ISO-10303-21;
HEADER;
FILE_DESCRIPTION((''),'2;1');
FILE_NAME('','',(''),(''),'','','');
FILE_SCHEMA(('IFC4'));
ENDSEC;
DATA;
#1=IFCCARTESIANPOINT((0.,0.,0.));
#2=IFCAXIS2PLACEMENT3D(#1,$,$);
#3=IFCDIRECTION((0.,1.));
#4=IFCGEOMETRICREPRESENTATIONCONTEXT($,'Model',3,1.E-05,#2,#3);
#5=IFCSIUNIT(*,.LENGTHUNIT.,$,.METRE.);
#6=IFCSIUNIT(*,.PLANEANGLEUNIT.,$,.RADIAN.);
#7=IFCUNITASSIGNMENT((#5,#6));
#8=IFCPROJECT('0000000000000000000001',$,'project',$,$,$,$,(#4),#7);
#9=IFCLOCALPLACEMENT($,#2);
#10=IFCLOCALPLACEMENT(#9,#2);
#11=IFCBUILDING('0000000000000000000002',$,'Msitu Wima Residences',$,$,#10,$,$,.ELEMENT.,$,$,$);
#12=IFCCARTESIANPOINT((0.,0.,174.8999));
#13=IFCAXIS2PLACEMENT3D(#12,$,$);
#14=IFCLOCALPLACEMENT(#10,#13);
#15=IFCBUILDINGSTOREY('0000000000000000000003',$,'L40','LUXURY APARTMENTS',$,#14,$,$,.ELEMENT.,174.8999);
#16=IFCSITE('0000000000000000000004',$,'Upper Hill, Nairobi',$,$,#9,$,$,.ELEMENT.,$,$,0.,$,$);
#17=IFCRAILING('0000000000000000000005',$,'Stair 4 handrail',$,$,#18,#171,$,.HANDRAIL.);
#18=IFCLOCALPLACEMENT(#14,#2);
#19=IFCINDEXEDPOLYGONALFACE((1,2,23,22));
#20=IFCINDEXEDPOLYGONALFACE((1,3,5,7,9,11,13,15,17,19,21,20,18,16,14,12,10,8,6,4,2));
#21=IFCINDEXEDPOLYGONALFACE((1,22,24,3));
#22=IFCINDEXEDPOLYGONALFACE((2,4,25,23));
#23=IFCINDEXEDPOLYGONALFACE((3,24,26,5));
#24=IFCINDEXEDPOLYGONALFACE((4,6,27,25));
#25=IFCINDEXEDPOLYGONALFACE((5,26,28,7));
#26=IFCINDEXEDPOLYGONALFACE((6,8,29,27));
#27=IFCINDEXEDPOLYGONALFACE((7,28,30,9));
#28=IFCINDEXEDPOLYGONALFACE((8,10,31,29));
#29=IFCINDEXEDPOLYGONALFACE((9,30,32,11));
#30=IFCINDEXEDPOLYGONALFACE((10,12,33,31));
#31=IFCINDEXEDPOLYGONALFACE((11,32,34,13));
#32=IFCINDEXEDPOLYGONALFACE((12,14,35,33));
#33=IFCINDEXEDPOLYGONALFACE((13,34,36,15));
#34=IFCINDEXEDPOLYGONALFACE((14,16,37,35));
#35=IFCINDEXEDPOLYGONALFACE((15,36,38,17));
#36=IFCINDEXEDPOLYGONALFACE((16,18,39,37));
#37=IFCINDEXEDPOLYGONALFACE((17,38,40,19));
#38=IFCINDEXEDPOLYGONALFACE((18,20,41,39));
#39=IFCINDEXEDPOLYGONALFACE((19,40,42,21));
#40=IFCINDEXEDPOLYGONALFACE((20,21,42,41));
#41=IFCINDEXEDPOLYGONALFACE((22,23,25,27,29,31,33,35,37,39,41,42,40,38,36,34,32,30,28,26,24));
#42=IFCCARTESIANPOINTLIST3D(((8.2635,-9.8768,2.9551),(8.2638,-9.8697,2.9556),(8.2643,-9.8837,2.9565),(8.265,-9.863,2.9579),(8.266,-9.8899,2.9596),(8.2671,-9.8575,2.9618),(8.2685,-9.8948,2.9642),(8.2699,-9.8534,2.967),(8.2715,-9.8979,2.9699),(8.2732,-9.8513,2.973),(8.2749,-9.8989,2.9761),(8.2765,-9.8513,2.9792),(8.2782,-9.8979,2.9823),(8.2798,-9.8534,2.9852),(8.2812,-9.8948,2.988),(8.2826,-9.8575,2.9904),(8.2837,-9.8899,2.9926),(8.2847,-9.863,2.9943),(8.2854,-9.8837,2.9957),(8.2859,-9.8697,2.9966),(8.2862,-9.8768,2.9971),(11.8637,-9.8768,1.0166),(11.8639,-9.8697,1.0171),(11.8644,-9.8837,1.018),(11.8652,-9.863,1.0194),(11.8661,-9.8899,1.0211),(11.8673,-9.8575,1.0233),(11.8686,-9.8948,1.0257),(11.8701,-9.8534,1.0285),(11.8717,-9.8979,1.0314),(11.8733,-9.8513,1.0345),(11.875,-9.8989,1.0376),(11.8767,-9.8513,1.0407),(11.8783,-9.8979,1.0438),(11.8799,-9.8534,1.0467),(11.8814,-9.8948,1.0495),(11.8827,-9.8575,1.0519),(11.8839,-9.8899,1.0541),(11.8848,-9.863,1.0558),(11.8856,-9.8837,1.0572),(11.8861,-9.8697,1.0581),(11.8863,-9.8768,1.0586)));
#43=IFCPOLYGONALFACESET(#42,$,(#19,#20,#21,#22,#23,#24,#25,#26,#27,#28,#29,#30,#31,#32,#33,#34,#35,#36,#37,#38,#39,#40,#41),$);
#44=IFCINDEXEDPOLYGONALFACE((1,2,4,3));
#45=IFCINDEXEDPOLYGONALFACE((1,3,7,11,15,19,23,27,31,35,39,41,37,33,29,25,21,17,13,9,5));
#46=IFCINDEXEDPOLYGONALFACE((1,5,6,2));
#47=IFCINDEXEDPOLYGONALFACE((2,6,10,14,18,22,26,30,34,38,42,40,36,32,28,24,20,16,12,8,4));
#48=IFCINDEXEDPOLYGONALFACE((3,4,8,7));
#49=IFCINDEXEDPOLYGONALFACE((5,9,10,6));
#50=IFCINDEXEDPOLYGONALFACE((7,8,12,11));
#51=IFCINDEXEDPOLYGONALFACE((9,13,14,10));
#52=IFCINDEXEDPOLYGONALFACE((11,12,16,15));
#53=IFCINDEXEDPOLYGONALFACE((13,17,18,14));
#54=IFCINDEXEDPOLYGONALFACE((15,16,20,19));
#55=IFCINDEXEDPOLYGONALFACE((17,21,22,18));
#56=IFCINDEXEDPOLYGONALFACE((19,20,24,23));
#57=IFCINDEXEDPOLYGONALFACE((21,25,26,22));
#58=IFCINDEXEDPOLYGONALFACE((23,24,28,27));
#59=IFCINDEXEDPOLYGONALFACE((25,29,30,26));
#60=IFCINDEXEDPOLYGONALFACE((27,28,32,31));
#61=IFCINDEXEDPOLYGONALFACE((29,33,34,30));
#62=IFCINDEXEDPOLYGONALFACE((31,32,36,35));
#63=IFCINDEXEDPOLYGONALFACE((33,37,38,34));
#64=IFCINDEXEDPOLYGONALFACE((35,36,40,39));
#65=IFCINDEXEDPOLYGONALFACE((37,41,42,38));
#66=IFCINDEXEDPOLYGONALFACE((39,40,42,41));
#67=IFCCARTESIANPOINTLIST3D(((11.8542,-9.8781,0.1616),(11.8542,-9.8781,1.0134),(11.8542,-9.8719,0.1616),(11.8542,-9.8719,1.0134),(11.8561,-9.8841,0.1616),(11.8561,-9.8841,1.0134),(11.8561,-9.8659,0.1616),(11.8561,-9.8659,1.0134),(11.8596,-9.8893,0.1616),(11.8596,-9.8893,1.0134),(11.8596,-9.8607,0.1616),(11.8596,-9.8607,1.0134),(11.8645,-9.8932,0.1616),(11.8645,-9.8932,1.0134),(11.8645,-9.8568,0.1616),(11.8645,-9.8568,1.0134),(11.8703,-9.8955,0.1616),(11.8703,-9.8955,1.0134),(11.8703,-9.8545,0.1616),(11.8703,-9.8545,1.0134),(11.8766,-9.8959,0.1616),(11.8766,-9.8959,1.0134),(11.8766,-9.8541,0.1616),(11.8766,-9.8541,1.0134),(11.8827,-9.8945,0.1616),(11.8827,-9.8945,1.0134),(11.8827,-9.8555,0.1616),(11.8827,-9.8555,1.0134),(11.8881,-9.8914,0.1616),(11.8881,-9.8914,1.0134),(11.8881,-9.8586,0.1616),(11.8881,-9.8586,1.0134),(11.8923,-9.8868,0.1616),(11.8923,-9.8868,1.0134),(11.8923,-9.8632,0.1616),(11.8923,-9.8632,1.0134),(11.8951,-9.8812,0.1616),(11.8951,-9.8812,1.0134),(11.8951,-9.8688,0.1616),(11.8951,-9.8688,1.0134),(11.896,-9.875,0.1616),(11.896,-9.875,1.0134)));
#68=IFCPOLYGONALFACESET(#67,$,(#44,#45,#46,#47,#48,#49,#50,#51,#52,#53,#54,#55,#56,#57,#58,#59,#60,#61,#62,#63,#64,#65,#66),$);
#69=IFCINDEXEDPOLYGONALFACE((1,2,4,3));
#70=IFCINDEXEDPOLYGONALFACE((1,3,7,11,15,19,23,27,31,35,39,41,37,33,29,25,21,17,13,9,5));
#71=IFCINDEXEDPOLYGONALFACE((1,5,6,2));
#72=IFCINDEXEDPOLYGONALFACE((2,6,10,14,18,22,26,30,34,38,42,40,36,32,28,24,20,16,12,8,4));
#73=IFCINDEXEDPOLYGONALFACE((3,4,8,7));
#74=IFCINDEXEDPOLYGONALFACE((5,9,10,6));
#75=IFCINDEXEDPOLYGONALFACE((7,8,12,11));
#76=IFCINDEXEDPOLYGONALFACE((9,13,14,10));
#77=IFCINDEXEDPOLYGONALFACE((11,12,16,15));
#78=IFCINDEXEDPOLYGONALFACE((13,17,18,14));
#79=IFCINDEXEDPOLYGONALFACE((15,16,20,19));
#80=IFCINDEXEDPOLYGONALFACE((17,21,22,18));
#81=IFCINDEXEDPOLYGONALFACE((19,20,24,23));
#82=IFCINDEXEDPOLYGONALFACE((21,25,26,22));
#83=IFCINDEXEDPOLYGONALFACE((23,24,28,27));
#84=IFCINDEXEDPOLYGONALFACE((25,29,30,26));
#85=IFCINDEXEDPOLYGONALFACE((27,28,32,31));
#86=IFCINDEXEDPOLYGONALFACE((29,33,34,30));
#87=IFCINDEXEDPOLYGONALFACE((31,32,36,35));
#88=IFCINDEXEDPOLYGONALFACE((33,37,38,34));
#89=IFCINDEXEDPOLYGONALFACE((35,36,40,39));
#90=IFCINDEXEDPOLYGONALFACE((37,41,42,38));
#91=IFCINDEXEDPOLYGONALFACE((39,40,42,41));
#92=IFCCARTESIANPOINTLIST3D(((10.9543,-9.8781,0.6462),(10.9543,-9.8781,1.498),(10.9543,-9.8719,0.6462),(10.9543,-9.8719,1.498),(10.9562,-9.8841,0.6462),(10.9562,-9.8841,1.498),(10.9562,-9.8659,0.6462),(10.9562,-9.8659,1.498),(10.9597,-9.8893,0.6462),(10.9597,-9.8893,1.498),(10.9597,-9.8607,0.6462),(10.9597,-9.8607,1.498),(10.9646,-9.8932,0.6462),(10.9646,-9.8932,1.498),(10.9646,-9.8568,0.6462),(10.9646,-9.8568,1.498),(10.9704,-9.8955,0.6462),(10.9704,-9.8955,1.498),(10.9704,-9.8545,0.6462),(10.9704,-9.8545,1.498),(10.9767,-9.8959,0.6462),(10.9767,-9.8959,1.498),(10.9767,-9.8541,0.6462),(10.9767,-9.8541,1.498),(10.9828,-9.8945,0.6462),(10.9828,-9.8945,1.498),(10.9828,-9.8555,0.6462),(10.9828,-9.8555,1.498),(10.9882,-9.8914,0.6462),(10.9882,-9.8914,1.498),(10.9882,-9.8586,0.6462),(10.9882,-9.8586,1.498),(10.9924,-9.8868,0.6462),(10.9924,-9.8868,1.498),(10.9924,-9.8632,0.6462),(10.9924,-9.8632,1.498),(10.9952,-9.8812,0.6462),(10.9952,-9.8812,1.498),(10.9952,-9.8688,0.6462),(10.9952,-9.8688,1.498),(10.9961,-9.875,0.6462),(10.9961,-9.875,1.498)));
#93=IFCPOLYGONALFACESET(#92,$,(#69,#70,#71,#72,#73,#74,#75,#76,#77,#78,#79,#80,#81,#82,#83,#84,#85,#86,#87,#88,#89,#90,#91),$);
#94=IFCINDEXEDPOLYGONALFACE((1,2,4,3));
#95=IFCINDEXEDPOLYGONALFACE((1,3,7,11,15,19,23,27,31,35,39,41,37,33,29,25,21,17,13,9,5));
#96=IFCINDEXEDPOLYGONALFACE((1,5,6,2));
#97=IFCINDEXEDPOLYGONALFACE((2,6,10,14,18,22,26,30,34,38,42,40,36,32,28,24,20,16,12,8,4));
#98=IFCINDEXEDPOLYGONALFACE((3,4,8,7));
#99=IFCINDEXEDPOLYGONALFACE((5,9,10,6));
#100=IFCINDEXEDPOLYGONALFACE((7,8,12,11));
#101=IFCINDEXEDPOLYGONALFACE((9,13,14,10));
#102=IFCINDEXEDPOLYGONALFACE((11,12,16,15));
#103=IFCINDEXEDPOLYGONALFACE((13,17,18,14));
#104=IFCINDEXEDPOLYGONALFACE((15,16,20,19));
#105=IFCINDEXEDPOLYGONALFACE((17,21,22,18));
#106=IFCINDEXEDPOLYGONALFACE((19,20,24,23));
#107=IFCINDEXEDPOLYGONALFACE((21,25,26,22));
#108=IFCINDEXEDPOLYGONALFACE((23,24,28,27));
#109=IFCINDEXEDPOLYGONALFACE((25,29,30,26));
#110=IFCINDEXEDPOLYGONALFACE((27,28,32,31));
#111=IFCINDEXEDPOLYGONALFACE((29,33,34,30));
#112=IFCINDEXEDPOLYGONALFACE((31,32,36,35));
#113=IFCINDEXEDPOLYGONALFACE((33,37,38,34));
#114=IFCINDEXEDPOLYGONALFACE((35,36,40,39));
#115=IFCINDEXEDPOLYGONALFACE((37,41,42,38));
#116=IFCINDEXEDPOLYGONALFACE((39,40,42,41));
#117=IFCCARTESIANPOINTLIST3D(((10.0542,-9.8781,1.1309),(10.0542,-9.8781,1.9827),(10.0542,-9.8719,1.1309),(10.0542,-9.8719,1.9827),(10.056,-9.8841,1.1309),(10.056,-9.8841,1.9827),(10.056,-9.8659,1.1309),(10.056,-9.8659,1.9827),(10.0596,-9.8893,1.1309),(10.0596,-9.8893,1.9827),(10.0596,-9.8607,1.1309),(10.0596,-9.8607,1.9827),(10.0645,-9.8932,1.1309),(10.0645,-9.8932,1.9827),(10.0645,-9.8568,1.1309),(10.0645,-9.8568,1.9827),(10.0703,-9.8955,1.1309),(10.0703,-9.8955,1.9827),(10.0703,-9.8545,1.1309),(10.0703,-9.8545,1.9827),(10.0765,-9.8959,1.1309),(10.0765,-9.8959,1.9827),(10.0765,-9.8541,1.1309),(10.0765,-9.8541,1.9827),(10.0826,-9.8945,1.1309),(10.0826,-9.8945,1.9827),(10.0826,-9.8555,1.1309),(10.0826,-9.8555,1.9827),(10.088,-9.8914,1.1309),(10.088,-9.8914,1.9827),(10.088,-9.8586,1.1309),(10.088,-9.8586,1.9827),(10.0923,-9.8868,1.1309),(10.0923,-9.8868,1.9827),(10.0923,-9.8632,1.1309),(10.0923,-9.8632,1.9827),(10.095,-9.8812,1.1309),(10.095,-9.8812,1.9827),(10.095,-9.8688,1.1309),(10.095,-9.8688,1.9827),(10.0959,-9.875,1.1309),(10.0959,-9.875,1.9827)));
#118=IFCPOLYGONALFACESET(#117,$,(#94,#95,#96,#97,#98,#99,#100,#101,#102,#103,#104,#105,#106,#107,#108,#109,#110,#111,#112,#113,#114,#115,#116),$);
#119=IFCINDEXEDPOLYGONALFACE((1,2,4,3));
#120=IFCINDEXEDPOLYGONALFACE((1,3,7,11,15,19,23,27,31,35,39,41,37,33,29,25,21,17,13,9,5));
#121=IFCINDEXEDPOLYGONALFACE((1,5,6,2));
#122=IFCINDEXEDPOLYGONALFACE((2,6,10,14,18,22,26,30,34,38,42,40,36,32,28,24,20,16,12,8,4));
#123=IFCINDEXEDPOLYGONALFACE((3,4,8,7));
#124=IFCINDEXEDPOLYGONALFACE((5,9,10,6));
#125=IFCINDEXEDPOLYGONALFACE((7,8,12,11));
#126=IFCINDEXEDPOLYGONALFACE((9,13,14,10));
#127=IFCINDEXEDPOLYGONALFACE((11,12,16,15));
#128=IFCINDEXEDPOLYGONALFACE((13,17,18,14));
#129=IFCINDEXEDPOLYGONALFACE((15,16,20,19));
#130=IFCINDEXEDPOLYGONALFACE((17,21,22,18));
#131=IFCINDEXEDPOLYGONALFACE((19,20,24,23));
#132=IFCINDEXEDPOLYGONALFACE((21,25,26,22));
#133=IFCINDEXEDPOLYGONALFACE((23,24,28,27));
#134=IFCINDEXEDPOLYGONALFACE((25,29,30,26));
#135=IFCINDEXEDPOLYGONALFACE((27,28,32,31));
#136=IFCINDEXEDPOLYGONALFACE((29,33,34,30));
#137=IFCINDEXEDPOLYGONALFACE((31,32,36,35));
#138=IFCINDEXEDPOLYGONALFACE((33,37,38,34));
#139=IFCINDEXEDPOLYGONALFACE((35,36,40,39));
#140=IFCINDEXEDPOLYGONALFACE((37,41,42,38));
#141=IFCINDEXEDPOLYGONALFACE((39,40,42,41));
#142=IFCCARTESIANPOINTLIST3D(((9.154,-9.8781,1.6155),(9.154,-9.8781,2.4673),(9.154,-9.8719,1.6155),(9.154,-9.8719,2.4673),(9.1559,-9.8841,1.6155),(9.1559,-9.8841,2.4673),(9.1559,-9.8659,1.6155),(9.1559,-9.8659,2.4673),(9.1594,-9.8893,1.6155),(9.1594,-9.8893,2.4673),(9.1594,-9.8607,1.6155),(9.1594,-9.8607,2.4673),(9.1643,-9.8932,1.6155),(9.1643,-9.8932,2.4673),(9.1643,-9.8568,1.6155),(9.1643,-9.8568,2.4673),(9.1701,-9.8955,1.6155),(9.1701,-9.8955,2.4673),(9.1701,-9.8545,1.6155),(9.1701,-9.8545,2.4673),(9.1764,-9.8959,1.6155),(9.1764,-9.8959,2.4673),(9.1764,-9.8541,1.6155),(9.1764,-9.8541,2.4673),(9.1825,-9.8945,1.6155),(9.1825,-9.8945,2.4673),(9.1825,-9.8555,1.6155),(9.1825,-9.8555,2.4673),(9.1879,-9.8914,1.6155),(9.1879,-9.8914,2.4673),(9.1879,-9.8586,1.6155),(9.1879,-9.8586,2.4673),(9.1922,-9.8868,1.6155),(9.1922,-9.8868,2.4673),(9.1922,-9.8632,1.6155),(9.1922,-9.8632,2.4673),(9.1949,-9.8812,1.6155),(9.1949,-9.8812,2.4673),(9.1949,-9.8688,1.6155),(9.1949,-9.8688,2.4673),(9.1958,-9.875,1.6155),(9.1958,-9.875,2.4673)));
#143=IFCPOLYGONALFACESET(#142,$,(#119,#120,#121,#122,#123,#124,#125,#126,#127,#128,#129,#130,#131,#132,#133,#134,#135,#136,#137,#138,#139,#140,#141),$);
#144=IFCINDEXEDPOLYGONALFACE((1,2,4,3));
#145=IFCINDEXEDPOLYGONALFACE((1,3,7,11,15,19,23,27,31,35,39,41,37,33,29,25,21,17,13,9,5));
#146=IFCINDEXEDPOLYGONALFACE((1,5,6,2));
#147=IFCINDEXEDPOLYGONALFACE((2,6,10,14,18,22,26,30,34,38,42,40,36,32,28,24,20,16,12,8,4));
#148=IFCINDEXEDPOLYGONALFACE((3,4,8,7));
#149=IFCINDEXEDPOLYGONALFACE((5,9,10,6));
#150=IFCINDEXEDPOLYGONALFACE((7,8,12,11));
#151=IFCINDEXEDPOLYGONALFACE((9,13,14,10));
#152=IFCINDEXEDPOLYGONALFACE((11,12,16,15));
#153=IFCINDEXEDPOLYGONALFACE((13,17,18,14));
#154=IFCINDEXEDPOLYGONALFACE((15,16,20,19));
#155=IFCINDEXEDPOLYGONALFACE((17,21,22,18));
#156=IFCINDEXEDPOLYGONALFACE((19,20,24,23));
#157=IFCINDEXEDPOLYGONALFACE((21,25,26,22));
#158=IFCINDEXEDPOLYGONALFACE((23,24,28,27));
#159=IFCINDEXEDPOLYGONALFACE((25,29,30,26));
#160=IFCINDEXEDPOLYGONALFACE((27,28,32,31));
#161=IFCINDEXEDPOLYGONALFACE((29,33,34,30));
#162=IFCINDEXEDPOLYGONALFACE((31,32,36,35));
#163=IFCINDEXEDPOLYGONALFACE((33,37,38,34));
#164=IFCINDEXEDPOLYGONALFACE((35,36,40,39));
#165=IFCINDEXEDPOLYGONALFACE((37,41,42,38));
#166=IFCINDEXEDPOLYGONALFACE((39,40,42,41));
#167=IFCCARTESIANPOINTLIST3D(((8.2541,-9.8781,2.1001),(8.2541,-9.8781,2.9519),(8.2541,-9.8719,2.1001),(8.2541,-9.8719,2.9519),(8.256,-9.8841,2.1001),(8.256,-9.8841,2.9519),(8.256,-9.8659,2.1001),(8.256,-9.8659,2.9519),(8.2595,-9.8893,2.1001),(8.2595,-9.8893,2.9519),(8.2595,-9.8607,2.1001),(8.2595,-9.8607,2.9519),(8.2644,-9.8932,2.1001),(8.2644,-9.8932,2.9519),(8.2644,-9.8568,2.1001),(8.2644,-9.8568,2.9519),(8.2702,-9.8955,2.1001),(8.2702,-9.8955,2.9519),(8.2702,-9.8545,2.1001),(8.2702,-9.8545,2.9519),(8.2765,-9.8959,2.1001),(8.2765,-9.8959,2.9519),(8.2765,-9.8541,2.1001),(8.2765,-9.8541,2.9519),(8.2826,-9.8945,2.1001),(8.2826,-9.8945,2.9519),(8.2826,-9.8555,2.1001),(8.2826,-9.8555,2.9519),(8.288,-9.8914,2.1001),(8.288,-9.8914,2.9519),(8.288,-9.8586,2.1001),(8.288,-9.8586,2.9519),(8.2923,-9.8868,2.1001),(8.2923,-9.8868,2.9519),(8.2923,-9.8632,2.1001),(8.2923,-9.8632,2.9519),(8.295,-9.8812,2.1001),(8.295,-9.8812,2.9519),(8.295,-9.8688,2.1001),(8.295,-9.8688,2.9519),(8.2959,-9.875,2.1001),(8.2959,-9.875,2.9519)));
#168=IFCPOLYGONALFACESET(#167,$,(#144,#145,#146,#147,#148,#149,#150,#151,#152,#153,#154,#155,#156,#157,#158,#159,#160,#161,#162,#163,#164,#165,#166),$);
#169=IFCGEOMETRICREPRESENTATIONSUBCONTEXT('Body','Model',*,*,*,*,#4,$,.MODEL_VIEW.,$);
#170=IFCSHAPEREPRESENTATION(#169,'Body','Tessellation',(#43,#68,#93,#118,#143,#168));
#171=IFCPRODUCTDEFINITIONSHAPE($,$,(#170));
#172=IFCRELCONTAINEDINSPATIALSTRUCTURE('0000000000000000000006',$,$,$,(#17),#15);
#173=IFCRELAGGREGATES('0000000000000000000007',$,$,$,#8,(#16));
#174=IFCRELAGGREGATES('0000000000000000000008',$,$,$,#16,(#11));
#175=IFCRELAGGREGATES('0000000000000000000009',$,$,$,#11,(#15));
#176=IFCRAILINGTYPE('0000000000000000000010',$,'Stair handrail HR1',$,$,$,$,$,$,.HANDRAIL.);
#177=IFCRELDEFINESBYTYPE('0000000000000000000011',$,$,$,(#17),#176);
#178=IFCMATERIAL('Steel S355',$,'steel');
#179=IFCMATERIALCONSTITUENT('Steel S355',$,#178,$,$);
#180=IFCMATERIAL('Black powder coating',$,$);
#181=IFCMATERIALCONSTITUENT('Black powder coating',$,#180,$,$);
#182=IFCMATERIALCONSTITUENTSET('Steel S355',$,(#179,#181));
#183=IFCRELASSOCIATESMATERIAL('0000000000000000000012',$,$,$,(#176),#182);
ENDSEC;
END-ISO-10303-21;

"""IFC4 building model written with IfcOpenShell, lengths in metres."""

from ifc_helpers import new_model, si_unit, direction, frame, origin, origin_2d, place, context, subcontext, project, spatial, circle, extrude, material, constituent, constituent_set, type_object, element, save


model = new_model("IFC4")

# Units and contexts
model_context = context("Model", 3, precision=1e-05, world=origin(), true_north=direction((0.0, 1.0)))
body_context = subcontext(model_context, "Body", "Model", "MODEL_VIEW")
ifc_project = project(units=[si_unit("LENGTHUNIT", "METRE"), si_unit("PLANEANGLEUNIT", "RADIAN")], contexts=[model_context])

# Site, building, storey
site_placement = place(None, origin())
site = spatial("IfcSite", under=ifc_project, at=site_placement, Name="Upper Hill, Nairobi", CompositionType="ELEMENT", RefElevation=0.0)
building_placement = place(site_placement, origin())
building = spatial("IfcBuilding", under=site, at=building_placement, Name="Msitu Wima Residences", CompositionType="ELEMENT")
storey_placement = place(building_placement, frame((0.0, 0.0, 174.8999)))
storey = spatial("IfcBuildingStorey", under=building, at=storey_placement, Name="L40", Description="LUXURY APARTMENTS", CompositionType="ELEMENT", Elevation=174.8999)

# Railing
ifc_material_1 = material(Name="Steel S355", Category="steel")
ifc_constituent_1 = constituent(ifc_material_1, Name="Steel S355")
ifc_material_2 = material(Name="Black powder coating")
ifc_constituent_2 = constituent(ifc_material_2, Name="Black powder coating")
ifc_constituent_set = constituent_set(constituents=[ifc_constituent_1, ifc_constituent_2], Name="Steel S355")
railing_type = type_object("IfcRailingType", Name="Stair handrail HR1", PredefinedType="HANDRAIL", material=ifc_constituent_set)
for number, where, name in (
    (1, (11.875, -9.875, 0.1616), "Stair 4 handrail"),
):
    element("IfcRailing", number, at=place(storey_placement, frame(where)), inside=storey, type_object=railing_type, Name=name, PredefinedType="HANDRAIL", context=body_context, shape_type="SweptSolid", body=[
        extrude(circle(Radius=0.0239, at=origin_2d()), frame((0.0, 0.0, 0.876), z_axis=(-0.880475, 0.0, 0.474093), x_axis=(0.0, -1.0, 0.0)), (0.0, 0.0, 1.0), 4.0889),
        extrude(circle(Radius=0.021, at=origin_2d()), origin(), (0.0, 0.0, 1.0), 0.8518),
        extrude(circle(Radius=0.021, at=origin_2d()), frame((-0.8999, 0.0, 0.4846)), (0.0, 0.0, 1.0), 0.8518),
        extrude(circle(Radius=0.021, at=origin_2d()), frame((-1.8, 0.0, 0.9692)), (0.0, 0.0, 1.0), 0.8518),
        extrude(circle(Radius=0.021, at=origin_2d()), frame((-2.7002, 0.0, 1.4539)), (0.0, 0.0, 1.0), 0.8518),
        extrude(circle(Radius=0.021, at=origin_2d()), frame((-3.6001, 0.0, 1.9385)), (0.0, 0.0, 1.0), 0.8518),
    ])

save(model, "model.ifc")
